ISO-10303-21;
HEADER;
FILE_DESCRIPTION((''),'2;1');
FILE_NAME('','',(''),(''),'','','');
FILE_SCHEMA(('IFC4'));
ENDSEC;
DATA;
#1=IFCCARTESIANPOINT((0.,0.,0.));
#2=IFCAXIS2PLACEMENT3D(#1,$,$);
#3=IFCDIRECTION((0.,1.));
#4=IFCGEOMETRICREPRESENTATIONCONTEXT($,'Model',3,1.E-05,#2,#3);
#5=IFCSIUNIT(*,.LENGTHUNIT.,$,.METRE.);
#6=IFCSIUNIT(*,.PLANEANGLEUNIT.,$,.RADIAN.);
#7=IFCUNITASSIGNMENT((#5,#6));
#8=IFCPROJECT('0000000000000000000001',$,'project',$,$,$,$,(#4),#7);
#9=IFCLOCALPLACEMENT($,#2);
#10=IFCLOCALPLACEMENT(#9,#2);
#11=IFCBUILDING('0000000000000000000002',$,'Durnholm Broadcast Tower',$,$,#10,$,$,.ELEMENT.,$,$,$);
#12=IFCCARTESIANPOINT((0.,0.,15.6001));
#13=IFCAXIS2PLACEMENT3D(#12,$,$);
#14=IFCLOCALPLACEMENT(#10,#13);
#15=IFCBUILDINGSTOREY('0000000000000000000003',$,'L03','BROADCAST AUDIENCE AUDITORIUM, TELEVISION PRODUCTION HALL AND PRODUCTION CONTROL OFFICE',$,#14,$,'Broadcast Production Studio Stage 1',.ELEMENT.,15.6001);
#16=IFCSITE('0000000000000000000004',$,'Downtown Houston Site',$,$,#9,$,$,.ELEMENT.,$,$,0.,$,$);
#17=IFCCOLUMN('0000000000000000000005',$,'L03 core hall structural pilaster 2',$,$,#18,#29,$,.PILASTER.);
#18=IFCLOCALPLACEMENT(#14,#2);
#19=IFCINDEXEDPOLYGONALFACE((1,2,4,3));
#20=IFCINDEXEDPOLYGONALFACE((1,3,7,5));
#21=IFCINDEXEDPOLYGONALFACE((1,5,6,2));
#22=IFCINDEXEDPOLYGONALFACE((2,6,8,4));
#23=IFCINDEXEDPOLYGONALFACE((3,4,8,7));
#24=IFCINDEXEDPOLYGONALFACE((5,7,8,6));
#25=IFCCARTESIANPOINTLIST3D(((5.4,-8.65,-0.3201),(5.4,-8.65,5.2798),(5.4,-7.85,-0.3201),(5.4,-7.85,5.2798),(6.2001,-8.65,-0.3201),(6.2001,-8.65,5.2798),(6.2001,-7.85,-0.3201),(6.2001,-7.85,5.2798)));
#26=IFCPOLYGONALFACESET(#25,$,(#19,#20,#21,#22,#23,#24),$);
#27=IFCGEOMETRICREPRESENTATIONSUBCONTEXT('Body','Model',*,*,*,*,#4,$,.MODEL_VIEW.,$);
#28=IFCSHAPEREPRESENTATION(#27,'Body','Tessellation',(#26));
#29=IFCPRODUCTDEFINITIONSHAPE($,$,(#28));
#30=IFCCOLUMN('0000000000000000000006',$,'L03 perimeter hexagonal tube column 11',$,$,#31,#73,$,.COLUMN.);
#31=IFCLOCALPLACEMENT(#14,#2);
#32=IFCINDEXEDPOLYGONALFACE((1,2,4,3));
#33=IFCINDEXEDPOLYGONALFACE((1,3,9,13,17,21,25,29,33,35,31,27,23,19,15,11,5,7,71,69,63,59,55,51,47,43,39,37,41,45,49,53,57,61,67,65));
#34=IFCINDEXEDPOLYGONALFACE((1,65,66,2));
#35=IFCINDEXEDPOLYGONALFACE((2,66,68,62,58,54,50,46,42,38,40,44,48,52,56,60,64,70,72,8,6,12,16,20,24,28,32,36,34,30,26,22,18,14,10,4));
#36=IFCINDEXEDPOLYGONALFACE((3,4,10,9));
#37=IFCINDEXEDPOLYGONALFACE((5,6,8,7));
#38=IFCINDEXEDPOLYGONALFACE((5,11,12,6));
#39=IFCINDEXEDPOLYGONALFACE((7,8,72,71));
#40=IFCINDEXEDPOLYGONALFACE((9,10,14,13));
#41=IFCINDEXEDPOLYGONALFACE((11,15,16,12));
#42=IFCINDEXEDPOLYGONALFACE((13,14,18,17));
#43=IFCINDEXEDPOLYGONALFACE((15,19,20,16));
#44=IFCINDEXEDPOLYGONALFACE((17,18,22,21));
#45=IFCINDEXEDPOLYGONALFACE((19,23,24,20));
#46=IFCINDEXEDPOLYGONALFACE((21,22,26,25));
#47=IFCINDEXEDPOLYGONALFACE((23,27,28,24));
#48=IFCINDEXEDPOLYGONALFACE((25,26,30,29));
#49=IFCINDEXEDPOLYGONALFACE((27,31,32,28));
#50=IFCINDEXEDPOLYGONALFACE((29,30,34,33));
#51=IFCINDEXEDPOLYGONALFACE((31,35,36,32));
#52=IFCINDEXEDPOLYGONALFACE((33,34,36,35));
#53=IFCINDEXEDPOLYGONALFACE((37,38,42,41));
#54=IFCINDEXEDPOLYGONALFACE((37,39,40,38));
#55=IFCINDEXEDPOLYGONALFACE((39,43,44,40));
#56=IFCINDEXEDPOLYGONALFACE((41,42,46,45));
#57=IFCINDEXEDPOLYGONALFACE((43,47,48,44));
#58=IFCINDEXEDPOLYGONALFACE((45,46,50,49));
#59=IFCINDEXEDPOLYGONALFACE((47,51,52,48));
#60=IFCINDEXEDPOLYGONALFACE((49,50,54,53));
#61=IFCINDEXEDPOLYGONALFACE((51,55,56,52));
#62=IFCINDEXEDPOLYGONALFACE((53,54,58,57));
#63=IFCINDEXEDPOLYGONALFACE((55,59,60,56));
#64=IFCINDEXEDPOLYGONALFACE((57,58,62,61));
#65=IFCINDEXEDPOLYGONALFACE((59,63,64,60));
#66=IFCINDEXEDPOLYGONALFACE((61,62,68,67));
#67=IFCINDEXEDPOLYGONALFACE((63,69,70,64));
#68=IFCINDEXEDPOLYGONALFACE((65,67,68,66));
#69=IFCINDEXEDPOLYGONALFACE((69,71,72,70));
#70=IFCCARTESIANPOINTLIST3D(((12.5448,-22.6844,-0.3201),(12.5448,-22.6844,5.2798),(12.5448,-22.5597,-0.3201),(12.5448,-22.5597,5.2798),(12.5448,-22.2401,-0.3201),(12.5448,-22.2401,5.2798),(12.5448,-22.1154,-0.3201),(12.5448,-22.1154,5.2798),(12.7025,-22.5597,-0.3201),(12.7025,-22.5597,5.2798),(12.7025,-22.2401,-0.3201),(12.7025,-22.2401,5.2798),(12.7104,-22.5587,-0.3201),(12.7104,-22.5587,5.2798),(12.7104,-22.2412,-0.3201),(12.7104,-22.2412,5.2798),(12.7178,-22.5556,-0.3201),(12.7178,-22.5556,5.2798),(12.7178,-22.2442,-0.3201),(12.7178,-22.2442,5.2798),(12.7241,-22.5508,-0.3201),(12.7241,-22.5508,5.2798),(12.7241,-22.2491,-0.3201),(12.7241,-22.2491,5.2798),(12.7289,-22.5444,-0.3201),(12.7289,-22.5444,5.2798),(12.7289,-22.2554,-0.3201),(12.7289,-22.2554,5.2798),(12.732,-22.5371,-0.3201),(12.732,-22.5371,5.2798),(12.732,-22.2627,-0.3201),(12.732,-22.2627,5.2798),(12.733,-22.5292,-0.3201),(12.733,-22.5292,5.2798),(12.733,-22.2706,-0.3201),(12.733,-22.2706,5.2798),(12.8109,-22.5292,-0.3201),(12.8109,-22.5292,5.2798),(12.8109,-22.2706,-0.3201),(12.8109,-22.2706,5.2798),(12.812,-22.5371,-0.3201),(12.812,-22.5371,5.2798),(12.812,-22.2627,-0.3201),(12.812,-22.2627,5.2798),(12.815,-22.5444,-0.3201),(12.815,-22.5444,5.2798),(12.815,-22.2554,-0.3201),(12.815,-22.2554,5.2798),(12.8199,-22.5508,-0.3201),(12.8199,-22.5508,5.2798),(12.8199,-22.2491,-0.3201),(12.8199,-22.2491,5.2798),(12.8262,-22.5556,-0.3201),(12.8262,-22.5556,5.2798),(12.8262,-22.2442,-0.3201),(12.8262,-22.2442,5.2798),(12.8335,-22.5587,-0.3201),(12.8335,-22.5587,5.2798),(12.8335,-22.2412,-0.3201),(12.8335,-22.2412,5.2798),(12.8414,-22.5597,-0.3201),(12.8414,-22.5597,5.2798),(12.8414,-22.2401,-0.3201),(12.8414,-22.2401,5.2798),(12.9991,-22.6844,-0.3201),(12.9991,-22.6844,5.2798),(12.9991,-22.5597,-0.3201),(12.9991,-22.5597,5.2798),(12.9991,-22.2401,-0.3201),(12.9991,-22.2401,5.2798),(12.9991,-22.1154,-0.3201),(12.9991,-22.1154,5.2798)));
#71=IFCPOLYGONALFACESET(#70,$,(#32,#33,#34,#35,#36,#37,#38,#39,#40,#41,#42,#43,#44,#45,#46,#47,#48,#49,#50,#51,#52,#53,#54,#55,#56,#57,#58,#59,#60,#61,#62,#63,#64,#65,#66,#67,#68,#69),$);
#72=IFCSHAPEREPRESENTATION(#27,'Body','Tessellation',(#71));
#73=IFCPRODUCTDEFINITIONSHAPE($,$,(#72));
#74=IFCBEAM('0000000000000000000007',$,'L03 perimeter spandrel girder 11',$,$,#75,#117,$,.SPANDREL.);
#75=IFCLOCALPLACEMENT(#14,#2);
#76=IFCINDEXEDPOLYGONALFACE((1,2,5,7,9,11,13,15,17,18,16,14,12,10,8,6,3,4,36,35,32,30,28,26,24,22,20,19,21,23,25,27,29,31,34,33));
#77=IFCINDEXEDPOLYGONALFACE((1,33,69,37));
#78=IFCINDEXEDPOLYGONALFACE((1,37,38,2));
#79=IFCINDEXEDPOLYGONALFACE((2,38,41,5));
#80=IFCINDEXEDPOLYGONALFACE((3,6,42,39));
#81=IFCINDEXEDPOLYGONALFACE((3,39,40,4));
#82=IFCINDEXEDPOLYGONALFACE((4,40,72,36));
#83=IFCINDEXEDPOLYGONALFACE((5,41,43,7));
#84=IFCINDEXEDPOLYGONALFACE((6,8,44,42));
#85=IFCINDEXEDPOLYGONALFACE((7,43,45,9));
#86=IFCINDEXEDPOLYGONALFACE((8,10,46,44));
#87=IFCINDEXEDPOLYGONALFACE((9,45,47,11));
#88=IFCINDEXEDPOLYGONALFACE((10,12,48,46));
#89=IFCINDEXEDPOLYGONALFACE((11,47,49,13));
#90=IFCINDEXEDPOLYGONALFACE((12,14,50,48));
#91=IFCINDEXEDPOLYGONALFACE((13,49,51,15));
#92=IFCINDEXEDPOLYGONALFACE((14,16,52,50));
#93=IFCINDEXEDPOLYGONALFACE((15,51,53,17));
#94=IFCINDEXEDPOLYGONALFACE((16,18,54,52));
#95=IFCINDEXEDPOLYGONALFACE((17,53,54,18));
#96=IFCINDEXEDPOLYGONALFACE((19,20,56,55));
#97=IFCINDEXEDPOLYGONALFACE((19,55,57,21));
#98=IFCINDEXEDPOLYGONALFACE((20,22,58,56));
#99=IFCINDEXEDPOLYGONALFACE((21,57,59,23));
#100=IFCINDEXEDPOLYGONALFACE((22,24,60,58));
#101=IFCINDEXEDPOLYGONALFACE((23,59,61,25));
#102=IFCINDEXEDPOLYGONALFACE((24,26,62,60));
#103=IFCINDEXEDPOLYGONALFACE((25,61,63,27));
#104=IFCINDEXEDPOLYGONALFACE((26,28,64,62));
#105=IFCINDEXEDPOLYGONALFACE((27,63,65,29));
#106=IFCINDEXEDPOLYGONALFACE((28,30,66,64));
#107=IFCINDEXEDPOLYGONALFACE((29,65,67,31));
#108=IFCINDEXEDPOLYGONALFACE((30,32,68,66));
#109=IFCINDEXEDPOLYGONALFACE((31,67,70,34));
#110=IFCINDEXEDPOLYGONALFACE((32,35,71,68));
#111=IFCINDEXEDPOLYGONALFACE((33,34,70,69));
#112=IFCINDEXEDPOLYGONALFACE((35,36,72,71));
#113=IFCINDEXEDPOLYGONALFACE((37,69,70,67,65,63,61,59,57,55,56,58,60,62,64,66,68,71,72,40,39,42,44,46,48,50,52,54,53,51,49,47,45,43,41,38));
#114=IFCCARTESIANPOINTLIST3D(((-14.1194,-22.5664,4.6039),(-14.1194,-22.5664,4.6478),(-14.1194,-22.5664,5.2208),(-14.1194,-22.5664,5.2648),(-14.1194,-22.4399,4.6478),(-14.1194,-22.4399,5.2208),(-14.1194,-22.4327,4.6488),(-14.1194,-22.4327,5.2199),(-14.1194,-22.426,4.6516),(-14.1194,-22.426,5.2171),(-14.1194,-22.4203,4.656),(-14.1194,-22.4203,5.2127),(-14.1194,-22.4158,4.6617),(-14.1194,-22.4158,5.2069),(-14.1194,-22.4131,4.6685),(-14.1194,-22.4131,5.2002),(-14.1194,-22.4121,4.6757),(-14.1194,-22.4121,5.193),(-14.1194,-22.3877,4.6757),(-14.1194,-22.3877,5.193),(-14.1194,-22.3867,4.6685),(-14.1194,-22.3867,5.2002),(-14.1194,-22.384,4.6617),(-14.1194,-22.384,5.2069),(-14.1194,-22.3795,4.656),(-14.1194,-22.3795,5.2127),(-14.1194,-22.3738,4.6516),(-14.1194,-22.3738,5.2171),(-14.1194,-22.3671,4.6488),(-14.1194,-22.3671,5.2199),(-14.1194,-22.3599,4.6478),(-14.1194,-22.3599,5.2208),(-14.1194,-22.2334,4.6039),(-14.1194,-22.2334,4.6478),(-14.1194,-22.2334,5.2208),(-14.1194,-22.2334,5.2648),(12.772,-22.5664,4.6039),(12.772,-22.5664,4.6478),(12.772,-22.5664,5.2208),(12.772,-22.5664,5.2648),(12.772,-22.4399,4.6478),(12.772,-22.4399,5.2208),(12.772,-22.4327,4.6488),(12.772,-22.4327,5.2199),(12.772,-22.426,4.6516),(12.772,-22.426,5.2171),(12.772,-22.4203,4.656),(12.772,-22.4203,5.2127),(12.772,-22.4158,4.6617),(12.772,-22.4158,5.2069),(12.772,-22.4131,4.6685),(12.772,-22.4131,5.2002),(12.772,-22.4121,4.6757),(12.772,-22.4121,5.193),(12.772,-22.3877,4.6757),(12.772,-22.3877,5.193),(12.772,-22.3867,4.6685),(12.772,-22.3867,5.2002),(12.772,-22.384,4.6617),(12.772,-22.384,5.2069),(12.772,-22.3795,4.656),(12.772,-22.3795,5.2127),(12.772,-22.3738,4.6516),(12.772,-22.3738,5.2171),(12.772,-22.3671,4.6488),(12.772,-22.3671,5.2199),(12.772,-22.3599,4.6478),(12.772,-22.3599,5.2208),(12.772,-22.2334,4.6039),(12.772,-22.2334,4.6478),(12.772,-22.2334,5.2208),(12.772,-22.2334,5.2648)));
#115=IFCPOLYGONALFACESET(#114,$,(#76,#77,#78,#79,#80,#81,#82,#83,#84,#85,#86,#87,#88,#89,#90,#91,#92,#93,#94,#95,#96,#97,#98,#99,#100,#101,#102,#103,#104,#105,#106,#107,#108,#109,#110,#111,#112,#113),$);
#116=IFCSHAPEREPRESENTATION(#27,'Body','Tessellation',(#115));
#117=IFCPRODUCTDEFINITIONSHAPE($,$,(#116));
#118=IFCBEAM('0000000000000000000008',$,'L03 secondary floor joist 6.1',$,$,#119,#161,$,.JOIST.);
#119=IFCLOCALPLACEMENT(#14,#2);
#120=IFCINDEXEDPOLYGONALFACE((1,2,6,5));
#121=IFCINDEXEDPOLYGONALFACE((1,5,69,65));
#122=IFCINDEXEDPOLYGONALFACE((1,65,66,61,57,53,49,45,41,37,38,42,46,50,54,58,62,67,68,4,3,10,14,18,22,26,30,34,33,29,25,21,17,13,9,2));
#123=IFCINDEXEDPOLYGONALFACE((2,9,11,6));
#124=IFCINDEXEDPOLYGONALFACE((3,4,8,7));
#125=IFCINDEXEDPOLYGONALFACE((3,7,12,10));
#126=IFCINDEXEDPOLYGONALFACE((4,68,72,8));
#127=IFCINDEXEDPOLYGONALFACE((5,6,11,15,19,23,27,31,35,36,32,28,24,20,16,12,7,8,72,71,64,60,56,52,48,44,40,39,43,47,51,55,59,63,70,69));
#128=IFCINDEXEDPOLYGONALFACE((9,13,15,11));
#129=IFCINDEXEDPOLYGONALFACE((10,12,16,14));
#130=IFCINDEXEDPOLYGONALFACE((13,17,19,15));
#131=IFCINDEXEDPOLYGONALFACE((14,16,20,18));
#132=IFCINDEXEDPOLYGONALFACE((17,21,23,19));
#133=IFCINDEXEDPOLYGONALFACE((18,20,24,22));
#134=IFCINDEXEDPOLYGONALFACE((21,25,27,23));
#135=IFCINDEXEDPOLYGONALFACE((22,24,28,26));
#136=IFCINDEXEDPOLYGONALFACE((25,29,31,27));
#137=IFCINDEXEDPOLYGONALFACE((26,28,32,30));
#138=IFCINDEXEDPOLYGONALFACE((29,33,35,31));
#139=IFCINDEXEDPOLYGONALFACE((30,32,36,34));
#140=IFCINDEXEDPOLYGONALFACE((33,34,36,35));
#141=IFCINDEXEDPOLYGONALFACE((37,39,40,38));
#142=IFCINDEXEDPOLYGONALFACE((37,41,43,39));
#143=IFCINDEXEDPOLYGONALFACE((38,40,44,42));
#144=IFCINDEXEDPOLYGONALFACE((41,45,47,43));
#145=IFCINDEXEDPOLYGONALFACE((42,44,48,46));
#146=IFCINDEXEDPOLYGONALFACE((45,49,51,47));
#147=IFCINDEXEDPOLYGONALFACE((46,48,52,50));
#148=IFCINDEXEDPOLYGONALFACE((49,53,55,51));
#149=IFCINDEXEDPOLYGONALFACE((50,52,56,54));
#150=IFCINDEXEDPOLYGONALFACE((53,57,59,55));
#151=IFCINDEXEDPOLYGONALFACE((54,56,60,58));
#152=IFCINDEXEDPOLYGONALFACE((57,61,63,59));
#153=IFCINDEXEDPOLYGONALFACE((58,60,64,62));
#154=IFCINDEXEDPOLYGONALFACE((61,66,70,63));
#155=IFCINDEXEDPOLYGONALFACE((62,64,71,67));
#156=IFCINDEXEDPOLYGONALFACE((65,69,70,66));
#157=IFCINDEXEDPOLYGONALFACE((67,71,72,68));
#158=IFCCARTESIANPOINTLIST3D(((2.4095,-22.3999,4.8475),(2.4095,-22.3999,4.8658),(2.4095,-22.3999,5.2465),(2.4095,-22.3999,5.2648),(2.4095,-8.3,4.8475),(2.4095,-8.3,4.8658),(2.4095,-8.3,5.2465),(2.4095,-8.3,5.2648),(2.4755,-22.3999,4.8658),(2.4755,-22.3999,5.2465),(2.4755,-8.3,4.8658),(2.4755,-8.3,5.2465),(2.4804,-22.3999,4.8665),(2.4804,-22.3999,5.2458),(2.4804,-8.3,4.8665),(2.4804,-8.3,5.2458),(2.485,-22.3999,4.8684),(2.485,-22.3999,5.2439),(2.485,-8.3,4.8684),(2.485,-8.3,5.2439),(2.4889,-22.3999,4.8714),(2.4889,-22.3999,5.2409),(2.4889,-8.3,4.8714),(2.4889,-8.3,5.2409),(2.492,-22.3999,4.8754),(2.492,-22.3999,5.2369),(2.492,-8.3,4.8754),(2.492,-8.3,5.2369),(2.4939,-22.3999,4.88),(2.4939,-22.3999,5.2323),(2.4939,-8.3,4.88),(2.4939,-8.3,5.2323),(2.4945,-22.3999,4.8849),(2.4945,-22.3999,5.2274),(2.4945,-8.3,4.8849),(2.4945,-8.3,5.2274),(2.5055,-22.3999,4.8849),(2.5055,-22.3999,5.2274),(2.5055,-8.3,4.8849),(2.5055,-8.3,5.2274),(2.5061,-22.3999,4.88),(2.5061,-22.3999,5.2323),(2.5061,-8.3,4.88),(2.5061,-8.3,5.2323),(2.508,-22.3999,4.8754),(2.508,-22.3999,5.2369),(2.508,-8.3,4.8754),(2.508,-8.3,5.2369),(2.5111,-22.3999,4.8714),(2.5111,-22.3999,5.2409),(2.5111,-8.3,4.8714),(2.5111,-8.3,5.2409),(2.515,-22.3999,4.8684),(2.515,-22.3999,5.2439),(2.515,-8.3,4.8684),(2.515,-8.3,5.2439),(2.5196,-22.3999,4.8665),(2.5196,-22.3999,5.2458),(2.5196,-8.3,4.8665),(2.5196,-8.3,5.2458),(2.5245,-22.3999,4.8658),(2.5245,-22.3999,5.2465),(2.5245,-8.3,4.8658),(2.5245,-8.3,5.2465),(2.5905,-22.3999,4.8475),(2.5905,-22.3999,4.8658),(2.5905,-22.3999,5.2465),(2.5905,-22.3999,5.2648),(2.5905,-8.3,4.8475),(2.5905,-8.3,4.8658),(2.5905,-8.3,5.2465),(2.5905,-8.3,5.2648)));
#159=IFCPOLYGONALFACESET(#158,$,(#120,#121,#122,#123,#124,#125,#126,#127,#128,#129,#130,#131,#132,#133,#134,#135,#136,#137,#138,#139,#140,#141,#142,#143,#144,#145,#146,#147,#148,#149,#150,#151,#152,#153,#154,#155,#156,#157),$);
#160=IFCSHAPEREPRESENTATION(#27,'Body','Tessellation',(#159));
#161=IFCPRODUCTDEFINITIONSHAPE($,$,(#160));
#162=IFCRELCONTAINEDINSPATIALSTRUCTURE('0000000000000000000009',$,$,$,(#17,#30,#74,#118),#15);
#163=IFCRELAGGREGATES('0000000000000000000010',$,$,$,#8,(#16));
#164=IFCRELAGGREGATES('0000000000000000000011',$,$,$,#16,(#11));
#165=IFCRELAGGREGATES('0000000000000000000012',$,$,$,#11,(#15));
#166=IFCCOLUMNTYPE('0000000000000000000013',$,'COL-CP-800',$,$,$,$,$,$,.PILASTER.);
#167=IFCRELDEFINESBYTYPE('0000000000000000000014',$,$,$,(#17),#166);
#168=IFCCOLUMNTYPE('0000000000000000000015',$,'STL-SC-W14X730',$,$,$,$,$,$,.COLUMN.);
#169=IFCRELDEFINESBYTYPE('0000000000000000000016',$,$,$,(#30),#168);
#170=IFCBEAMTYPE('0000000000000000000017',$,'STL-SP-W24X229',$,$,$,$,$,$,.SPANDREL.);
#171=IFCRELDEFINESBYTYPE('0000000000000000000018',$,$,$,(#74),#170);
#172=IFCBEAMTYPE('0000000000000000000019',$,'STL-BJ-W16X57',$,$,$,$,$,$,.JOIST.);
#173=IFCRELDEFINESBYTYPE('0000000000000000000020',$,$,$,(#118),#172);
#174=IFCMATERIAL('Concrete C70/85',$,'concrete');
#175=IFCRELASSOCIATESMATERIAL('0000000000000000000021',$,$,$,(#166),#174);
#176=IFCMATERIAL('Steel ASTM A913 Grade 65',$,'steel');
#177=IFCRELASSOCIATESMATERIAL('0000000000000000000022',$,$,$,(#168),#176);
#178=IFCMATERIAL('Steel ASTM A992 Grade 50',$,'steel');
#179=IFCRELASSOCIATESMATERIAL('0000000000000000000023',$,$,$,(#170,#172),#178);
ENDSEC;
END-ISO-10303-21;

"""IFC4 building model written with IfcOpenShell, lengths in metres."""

from ifc_helpers import new_model, si_unit, direction, frame, origin, origin_2d, place, context, subcontext, project, spatial, rectangle, i_section, extrude, source, transform, mapped, material, material_profile, profile_set, type_object, type_shapes, element, save


model = new_model("IFC4")

# Units and contexts
model_context = context("Model", 3, precision=1e-05, world=origin(), true_north=direction((0.0, 1.0)))
body_context = subcontext(model_context, "Body", "Model", "MODEL_VIEW")
ifc_project = project(units=[si_unit("LENGTHUNIT", "METRE"), si_unit("PLANEANGLEUNIT", "RADIAN")], contexts=[model_context])

# Site, building, storey
site_placement = place(None, origin())
site = spatial("IfcSite", under=ifc_project, at=site_placement, Name="Downtown Houston Site", CompositionType="ELEMENT", RefElevation=0.0)
building_placement = place(site_placement, origin())
building = spatial("IfcBuilding", under=site, at=building_placement, Name="Durnholm Broadcast Tower", CompositionType="ELEMENT")
storey_placement = place(building_placement, frame((0.0, 0.0, 15.6001)))
storey = spatial("IfcBuildingStorey", under=building, at=storey_placement, Name="L03", Description="BROADCAST AUDIENCE AUDITORIUM, TELEVISION PRODUCTION HALL AND PRODUCTION CONTROL OFFICE", LongName="Broadcast Production Studio Stage 1", CompositionType="ELEMENT", Elevation=15.6001)

# Columns
ifc_material_1 = material(Name="Concrete C70/85", Category="concrete")
ifc_material_profile_1 = material_profile(ifc_material_1, rectangle(XDim=0.8, YDim=0.8, at=origin_2d()), Name="RC800X800")
ifc_profile_set_1 = profile_set([ifc_material_profile_1], Name="Concrete C70/85")
column_type_1 = type_object("IfcColumnType", Name="COL-CP-800", PredefinedType="PILASTER", material=ifc_profile_set_1)
shared_shape_1 = source(origin(), body_context, "Body", "SweptSolid", [
    extrude(rectangle(XDim=0.8, YDim=0.8, at=origin_2d()), origin(), (0.0, 0.0, 1.0), 5.5999),
])
type_shapes(column_type_1, [shared_shape_1])
column_1_placement = place(storey_placement, frame((5.8, -8.25, -0.3201), z_axis=(0.0, 0.0, 1.0), x_axis=(1.0, 0.0, 0.0)))
element("IfcColumn", 1, at=column_1_placement, inside=storey, type_object=column_type_1, Name="L03 core hall structural pilaster 2", PredefinedType="PILASTER", context=body_context, shape_type="MappedRepresentation", body=[
    mapped(shared_shape_1, transform((0.0, 0.0, 0.0), x_axis=(1.0, 0.0, 0.0), y_axis=(0.0, 1.0, 0.0), z_axis=(0.0, 0.0, 1.0), scale=1.0)),
])
ifc_material_2 = material(Name="Steel ASTM A913 Grade 65", Category="steel")
ifc_material_profile_2 = material_profile(ifc_material_2, i_section(OverallWidth=0.4543, OverallDepth=0.5691, WebThickness=0.0779, FlangeThickness=0.1248, FilletRadius=0.0305, at=origin_2d()), Name="W14X730")
ifc_profile_set_2 = profile_set([ifc_material_profile_2], Name="Steel ASTM A913 Grade 65")
column_type_2 = type_object("IfcColumnType", Name="STL-SC-W14X730", PredefinedType="COLUMN", material=ifc_profile_set_2)
shared_shape_2 = source(origin(), body_context, "Body", "SweptSolid", [
    extrude(i_section(OverallWidth=0.4543, OverallDepth=0.5691, WebThickness=0.0779, FlangeThickness=0.1248, FilletRadius=0.0305, at=origin_2d()), origin(), (0.0, 0.0, 1.0), 5.5999),
])
type_shapes(column_type_2, [shared_shape_2])
column_2_placement = place(storey_placement, frame((12.772, -22.3999, -0.3201), z_axis=(0.0, 0.0, 1.0), x_axis=(1.0, 0.0, 0.0)))
element("IfcColumn", 2, at=column_2_placement, inside=storey, type_object=column_type_2, Name="L03 perimeter hexagonal tube column 11", PredefinedType="COLUMN", context=body_context, shape_type="MappedRepresentation", body=[
    mapped(shared_shape_2, transform((0.0, 0.0, 0.0), x_axis=(1.0, 0.0, 0.0), y_axis=(0.0, 1.0, 0.0), z_axis=(0.0, 0.0, 1.0), scale=1.0)),
])

# Beams
ifc_material_3 = material(Name="Steel ASTM A992 Grade 50", Category="steel")
ifc_material_profile_3 = material_profile(ifc_material_3, i_section(OverallWidth=0.333, OverallDepth=0.6609, WebThickness=0.0244, FlangeThickness=0.0439, FilletRadius=0.0278, at=origin_2d()), Name="W24X229")
ifc_profile_set_3 = profile_set([ifc_material_profile_3], Name="Steel ASTM A992 Grade 50")
beam_type_1 = type_object("IfcBeamType", Name="STL-SP-W24X229", PredefinedType="SPANDREL", material=ifc_profile_set_3)
shared_shape_3 = source(origin(), body_context, "Body", "SweptSolid", [
    extrude(i_section(OverallWidth=0.333, OverallDepth=0.6609, WebThickness=0.0244, FlangeThickness=0.0439, FilletRadius=0.0278, at=origin_2d()), origin(), (0.0, 0.0, 1.0), 26.8914),
])
type_shapes(beam_type_1, [shared_shape_3])
beam_1_placement = place(storey_placement, frame((12.772, -22.3999, 4.9343), z_axis=(-1.0, 0.0, 0.0), x_axis=(0.0, -1.0, 0.0)))
element("IfcBeam", 3, at=beam_1_placement, inside=storey, type_object=beam_type_1, Name="L03 perimeter spandrel girder 11", PredefinedType="SPANDREL", context=body_context, shape_type="MappedRepresentation", body=[
    mapped(shared_shape_3, transform((0.0, 0.0, 0.0), x_axis=(1.0, 0.0, 0.0), y_axis=(0.0, 1.0, 0.0), z_axis=(0.0, 0.0, 1.0), scale=1.0)),
])
ifc_material_profile_4 = material_profile(ifc_material_3, i_section(OverallWidth=0.1809, OverallDepth=0.4172, WebThickness=0.011, FlangeThickness=0.0183, FilletRadius=0.019, at=origin_2d()), Name="W16X57")
ifc_profile_set_4 = profile_set([ifc_material_profile_4], Name="Steel ASTM A992 Grade 50")
beam_type_2 = type_object("IfcBeamType", Name="STL-BJ-W16X57", PredefinedType="JOIST", material=ifc_profile_set_4)
shared_shape_4 = source(origin(), body_context, "Body", "SweptSolid", [
    extrude(i_section(OverallWidth=0.1809, OverallDepth=0.4172, WebThickness=0.011, FlangeThickness=0.0183, FilletRadius=0.019, at=origin_2d()), origin(), (0.0, 0.0, 1.0), 14.0999),
])
type_shapes(beam_type_2, [shared_shape_4])
beam_2_placement = place(storey_placement, frame((2.5, -22.3999, 5.0562), z_axis=(0.0, 1.0, 0.0), x_axis=(-1.0, 0.0, 0.0)))
element("IfcBeam", 4, at=beam_2_placement, inside=storey, type_object=beam_type_2, Name="L03 secondary floor joist 6.1", PredefinedType="JOIST", context=body_context, shape_type="MappedRepresentation", body=[
    mapped(shared_shape_4, transform((0.0, 0.0, 0.0), x_axis=(1.0, 0.0, 0.0), y_axis=(0.0, 1.0, 0.0), z_axis=(0.0, 0.0, 1.0), scale=1.0)),
])

save(model, "model.ifc")
